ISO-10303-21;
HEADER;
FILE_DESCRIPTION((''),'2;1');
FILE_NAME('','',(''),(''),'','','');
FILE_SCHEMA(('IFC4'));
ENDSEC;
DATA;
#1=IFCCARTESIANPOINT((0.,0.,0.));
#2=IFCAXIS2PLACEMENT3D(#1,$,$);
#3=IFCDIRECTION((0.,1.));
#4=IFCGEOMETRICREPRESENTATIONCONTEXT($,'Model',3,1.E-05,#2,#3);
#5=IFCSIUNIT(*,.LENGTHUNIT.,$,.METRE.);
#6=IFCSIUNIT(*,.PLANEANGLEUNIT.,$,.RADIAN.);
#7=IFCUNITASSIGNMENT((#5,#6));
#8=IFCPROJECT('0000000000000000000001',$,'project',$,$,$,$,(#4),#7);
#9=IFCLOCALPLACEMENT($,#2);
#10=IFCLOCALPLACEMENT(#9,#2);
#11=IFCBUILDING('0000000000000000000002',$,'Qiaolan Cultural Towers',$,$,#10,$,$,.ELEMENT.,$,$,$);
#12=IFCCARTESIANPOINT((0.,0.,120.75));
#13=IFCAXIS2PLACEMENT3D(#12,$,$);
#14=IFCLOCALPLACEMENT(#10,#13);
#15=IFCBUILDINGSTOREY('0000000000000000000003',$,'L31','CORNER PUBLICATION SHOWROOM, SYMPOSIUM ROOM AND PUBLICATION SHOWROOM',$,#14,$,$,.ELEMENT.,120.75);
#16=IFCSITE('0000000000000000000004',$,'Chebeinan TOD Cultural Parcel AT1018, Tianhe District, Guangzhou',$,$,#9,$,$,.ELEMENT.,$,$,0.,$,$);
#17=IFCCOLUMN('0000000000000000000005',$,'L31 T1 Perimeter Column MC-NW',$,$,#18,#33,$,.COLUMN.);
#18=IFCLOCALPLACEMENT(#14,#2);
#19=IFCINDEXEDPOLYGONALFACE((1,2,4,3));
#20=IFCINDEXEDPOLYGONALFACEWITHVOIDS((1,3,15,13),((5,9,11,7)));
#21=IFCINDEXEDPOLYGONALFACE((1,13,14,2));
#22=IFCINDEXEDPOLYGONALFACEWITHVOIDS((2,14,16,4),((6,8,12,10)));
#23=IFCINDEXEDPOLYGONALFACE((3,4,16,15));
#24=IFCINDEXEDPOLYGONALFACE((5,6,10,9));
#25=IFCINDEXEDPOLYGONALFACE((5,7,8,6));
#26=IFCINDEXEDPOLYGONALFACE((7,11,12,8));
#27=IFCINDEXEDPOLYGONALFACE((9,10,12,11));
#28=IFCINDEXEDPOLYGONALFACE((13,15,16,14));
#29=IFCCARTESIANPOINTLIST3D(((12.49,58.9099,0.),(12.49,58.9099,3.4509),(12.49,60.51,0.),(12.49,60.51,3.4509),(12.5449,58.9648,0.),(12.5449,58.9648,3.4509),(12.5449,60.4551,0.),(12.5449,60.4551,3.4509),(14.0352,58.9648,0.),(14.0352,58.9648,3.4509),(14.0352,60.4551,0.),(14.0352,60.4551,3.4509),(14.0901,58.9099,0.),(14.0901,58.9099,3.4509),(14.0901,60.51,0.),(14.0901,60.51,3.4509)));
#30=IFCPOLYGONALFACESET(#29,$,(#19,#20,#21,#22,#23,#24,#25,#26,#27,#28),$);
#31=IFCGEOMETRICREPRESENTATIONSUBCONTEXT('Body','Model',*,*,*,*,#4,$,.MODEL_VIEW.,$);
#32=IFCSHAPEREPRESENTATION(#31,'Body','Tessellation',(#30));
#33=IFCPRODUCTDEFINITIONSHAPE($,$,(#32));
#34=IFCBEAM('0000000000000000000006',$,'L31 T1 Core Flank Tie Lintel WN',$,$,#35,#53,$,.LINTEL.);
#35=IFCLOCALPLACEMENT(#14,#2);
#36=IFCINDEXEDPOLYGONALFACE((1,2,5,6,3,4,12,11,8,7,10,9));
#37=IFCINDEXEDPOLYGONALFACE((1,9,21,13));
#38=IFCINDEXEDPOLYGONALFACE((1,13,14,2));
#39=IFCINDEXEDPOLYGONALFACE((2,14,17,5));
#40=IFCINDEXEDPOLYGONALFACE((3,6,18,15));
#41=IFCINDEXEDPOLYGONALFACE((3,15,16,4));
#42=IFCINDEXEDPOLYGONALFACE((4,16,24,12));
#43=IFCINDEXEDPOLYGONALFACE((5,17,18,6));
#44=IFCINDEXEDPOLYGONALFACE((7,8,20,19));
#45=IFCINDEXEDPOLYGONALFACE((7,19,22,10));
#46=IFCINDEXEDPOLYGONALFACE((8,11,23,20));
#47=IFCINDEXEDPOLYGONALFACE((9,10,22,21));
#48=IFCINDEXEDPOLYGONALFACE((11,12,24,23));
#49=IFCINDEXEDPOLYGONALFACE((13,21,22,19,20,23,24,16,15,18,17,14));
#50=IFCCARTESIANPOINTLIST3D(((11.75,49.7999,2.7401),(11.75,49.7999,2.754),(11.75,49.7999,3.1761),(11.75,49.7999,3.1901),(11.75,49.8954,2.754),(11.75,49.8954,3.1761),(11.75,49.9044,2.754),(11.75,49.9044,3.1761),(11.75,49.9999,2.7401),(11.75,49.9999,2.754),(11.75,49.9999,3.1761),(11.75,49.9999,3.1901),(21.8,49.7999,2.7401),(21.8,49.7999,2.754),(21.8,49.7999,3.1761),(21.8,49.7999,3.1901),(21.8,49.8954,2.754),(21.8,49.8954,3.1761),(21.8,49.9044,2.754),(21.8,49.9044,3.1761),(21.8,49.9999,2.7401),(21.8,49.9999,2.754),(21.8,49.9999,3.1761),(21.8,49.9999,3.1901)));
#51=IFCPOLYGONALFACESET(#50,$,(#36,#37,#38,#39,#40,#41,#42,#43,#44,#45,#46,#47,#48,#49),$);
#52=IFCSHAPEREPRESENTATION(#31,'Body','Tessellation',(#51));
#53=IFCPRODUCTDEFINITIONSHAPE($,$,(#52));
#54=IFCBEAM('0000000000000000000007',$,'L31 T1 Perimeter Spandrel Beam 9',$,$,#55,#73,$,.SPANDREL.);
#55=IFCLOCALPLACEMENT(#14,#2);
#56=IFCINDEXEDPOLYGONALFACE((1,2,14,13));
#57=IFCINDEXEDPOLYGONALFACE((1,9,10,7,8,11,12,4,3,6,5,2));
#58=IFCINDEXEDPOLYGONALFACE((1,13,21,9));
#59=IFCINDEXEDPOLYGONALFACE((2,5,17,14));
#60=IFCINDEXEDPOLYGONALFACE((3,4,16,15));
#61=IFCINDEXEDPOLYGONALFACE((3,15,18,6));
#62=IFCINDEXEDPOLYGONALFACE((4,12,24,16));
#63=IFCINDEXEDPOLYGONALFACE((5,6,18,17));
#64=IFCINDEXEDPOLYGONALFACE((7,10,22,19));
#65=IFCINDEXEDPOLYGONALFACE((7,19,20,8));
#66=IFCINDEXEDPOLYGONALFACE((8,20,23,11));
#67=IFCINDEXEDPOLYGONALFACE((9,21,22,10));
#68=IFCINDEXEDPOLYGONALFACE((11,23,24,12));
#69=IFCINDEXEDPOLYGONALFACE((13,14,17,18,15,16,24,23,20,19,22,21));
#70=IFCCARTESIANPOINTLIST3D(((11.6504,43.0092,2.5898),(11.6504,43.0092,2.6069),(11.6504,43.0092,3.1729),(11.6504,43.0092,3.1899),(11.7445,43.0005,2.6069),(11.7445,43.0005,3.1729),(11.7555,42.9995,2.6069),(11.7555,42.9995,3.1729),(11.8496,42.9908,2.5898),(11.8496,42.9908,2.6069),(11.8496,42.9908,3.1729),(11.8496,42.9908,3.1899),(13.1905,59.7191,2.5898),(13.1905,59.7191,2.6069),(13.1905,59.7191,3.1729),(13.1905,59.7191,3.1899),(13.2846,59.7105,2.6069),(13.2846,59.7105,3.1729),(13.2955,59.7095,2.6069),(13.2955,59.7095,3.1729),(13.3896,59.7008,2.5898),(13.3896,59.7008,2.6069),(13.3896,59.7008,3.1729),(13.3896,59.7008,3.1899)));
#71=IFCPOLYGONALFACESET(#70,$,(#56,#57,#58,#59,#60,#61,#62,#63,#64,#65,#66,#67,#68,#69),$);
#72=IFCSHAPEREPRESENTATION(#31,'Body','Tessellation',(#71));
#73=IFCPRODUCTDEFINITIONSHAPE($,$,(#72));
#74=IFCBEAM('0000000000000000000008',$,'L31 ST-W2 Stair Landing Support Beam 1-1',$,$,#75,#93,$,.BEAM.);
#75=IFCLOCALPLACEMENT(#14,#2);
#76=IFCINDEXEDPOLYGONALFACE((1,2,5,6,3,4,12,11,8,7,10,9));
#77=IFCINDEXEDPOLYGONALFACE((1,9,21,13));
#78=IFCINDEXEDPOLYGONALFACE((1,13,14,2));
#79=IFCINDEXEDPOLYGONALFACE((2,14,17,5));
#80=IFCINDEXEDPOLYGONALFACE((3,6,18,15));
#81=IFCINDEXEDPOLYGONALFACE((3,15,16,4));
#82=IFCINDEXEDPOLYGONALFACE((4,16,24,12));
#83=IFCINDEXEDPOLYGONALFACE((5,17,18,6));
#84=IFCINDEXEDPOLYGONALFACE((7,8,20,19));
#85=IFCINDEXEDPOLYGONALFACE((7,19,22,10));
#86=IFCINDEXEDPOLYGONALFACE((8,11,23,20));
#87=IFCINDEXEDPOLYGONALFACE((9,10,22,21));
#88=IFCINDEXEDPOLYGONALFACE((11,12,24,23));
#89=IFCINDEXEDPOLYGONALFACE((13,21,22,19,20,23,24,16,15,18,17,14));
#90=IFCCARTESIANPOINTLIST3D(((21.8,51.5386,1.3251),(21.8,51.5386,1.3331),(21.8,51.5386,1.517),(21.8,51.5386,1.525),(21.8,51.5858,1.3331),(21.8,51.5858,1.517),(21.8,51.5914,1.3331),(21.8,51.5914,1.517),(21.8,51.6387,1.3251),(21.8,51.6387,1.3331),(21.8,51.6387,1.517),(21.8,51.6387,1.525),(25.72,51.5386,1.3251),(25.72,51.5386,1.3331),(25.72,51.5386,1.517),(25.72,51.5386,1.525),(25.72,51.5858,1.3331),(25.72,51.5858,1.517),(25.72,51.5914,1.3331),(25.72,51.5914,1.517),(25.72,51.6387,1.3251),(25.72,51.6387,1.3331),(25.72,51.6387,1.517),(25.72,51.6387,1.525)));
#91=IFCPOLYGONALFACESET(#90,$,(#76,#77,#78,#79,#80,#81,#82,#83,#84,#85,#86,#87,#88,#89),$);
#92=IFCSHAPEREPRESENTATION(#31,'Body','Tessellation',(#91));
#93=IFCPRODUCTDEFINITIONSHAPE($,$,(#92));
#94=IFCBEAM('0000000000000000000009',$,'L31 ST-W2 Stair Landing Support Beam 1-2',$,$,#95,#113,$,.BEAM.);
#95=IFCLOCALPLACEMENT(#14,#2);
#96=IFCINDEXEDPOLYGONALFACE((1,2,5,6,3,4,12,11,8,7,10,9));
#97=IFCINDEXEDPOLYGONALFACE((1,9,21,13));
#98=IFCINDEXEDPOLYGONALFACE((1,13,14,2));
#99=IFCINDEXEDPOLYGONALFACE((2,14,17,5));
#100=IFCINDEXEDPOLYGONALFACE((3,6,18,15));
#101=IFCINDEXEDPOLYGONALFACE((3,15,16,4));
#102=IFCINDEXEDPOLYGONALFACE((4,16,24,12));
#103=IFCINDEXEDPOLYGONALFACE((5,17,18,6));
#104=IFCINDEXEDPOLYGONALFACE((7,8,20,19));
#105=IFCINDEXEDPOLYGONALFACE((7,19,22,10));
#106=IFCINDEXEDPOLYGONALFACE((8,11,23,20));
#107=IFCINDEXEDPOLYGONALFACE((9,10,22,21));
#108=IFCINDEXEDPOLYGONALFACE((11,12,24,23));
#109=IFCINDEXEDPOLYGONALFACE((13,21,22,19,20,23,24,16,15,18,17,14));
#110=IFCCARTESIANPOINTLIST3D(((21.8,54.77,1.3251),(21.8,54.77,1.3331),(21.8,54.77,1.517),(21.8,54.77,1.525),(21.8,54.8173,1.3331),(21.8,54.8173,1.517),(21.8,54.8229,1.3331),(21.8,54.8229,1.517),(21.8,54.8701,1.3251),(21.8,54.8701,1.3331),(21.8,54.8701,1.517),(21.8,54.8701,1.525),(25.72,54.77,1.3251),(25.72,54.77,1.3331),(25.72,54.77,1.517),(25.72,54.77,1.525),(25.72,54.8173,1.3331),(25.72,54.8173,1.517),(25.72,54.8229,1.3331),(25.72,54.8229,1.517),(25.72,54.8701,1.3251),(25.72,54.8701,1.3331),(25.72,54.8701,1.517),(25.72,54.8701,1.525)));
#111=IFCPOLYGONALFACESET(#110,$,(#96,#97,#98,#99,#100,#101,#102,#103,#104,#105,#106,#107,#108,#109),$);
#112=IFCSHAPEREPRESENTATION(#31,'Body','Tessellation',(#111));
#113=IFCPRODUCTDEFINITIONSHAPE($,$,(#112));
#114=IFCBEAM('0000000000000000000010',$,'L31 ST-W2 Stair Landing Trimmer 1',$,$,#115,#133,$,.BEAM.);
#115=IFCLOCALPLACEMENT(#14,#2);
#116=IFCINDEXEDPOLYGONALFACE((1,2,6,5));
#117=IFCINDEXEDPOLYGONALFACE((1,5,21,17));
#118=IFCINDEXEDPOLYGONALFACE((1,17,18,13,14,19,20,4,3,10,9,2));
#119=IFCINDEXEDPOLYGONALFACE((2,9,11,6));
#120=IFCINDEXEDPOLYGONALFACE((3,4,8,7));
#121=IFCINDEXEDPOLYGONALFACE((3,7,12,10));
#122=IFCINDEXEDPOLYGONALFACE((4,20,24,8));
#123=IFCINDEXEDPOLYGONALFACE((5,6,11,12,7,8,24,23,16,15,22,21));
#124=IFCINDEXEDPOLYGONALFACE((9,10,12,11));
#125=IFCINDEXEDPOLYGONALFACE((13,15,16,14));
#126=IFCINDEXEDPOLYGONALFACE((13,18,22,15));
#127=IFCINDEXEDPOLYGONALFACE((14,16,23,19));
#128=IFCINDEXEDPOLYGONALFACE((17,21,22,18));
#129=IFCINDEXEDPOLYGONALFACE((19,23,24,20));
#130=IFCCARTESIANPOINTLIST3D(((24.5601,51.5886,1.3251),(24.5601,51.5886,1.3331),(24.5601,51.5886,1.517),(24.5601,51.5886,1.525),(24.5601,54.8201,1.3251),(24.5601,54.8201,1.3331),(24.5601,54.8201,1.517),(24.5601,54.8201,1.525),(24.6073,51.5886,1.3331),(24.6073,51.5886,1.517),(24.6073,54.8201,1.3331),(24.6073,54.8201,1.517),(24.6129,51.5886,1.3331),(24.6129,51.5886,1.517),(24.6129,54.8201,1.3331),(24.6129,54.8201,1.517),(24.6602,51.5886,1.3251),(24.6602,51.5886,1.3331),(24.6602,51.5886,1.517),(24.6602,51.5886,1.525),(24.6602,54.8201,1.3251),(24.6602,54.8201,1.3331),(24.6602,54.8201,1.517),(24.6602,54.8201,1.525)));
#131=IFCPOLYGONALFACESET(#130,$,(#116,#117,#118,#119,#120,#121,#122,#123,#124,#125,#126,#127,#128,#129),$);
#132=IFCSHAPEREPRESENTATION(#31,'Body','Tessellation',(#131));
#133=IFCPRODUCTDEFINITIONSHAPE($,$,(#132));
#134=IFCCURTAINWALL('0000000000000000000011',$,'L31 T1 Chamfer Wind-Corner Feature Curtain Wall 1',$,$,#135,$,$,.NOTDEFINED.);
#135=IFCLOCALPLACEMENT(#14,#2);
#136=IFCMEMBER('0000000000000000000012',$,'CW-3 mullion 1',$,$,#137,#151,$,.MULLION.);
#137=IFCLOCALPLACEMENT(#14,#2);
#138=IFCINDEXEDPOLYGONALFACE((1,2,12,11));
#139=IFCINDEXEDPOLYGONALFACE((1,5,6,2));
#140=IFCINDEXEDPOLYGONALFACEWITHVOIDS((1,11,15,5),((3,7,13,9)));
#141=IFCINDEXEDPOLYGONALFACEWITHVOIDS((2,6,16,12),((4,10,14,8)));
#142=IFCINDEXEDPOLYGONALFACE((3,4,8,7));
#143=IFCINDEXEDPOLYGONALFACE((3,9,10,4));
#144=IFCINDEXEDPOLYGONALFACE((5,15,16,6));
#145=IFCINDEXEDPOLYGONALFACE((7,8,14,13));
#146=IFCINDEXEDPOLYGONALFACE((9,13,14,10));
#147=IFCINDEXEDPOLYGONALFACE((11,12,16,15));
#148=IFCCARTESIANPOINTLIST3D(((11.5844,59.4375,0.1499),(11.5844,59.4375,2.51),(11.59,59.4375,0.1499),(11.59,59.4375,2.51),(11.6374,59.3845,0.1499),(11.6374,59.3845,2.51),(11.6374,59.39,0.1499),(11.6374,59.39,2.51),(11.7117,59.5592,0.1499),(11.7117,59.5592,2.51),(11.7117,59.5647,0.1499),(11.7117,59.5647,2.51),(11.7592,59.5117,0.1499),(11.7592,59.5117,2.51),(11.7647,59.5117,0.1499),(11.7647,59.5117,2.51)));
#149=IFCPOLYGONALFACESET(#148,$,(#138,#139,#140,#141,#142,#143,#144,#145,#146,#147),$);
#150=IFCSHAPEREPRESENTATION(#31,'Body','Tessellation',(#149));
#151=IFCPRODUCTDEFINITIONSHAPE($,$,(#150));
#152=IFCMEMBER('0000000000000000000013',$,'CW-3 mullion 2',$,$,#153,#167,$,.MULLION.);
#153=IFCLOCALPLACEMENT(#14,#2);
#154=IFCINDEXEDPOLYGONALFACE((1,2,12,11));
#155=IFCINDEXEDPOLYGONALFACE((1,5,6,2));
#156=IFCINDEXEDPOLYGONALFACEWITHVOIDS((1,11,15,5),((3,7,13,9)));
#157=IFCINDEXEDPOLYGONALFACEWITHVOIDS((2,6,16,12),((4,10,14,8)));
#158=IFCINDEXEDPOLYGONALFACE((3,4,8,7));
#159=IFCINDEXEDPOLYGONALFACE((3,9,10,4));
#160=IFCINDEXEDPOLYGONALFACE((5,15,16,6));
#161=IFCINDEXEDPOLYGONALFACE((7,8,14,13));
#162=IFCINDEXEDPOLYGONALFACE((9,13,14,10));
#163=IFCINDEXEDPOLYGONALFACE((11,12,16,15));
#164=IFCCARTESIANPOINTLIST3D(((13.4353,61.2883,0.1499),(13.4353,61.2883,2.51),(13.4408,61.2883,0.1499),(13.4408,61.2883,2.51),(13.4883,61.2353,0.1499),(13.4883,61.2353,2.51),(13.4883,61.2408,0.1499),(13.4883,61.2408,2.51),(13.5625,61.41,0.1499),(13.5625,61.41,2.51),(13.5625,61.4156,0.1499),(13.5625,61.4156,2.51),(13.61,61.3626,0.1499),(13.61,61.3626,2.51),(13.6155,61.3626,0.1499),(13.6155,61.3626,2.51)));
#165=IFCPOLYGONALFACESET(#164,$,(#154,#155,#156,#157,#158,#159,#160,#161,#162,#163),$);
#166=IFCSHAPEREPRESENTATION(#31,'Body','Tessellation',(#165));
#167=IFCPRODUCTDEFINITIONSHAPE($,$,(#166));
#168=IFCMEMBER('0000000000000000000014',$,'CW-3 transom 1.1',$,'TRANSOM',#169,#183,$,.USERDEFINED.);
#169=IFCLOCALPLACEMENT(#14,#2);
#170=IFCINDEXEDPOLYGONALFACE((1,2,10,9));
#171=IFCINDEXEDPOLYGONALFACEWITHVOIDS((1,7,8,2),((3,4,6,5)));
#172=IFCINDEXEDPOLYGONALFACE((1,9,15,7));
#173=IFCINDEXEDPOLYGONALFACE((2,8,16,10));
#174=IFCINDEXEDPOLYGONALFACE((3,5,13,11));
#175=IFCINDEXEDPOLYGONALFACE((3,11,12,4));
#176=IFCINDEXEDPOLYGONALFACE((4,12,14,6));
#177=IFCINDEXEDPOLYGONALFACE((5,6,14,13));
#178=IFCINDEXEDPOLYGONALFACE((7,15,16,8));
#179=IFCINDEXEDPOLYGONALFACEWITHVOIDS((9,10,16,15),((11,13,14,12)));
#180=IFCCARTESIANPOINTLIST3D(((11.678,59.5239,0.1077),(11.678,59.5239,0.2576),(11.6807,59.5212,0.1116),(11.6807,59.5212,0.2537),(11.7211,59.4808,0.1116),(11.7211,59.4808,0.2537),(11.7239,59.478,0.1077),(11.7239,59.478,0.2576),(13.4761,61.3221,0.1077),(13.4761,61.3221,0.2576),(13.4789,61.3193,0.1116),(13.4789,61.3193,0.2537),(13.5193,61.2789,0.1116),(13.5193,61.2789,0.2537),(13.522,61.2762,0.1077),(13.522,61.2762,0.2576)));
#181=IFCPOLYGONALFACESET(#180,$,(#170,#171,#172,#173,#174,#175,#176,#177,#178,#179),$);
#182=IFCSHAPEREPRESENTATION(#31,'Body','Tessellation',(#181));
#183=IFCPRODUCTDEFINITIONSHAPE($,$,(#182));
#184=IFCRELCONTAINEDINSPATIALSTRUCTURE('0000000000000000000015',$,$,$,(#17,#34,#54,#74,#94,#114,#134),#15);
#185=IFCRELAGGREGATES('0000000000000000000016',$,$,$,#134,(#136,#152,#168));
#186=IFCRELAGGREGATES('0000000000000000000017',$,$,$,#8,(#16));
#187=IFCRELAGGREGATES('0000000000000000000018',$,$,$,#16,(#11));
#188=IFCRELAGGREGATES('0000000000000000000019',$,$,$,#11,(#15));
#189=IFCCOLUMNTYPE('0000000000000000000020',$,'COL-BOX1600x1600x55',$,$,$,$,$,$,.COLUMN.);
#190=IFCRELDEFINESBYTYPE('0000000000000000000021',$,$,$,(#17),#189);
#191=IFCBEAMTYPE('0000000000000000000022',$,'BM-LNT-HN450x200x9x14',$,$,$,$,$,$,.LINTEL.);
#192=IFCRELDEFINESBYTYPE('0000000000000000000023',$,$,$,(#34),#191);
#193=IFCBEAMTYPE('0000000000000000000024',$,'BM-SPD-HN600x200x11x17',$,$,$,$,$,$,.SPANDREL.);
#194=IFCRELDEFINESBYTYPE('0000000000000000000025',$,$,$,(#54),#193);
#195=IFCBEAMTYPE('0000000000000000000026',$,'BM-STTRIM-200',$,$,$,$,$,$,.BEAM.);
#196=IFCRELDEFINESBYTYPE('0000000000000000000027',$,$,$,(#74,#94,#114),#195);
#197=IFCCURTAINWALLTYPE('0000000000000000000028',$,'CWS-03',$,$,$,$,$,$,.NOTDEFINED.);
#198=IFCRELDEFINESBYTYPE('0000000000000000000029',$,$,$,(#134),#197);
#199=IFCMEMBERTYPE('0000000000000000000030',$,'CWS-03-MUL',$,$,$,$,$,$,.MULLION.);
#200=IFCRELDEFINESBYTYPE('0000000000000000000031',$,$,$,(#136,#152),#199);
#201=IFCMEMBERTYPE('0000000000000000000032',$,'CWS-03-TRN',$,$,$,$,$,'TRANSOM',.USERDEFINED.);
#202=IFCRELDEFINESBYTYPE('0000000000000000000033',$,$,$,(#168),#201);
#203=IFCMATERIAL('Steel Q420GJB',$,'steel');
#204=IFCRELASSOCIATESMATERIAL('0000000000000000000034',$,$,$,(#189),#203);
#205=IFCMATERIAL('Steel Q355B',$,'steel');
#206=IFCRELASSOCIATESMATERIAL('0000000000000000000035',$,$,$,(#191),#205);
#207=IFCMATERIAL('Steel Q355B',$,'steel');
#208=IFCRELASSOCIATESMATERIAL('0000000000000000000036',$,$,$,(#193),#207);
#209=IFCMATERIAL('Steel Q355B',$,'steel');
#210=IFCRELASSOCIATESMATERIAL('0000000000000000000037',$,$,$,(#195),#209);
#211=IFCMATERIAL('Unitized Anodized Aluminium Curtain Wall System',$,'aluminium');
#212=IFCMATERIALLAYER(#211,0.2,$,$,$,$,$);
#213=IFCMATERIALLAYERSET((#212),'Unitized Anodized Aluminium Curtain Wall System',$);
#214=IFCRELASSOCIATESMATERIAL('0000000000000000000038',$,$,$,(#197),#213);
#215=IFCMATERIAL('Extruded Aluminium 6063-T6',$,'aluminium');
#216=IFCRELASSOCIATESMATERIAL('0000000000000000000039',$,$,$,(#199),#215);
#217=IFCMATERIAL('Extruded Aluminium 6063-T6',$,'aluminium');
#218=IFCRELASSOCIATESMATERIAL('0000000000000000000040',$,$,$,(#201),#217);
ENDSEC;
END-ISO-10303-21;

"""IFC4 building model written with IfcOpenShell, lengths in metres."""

from ifc_helpers import new_model, si_unit, direction, frame, origin, origin_2d, place, context, subcontext, project, spatial, hollow_rectangle, i_section, extrude, material, layer, layer_set, material_profile, profile_set, type_object, element, aggregate, save


model = new_model("IFC4")

# Units and contexts
model_context = context("Model", 3, precision=1e-05, world=origin(), true_north=direction((0.0, 1.0)))
body_context = subcontext(model_context, "Body", "Model", "MODEL_VIEW")
ifc_project = project(units=[si_unit("LENGTHUNIT", "METRE"), si_unit("PLANEANGLEUNIT", "RADIAN")], contexts=[model_context])

# Site, building, storey
site_placement = place(None, origin())
site = spatial("IfcSite", under=ifc_project, at=site_placement, Name="Chebeinan TOD Cultural Parcel AT1018, Tianhe District, Guangzhou", CompositionType="ELEMENT", RefElevation=0.0)
building_placement = place(site_placement, origin())
building = spatial("IfcBuilding", under=site, at=building_placement, Name="Qiaolan Cultural Towers", CompositionType="ELEMENT")
storey_placement = place(building_placement, frame((0.0, 0.0, 120.75)))
storey = spatial("IfcBuildingStorey", under=building, at=storey_placement, Name="L31", Description="CORNER PUBLICATION SHOWROOM, SYMPOSIUM ROOM AND PUBLICATION SHOWROOM", CompositionType="ELEMENT", Elevation=120.75)

# Column
ifc_material_1 = material(Name="Steel Q420GJB", Category="steel")
ifc_material_profile_1 = material_profile(ifc_material_1, hollow_rectangle(XDim=1.6001, YDim=1.6001, WallThickness=0.0549, at=origin_2d()), Name="BOX1600x1600x55")
ifc_profile_set_1 = profile_set([ifc_material_profile_1], Name="Steel Q420GJB")
column_type = type_object("IfcColumnType", Name="COL-BOX1600x1600x55", PredefinedType="COLUMN", material=ifc_profile_set_1)
column_placement = place(storey_placement, frame((13.29, 59.71, 0.0), z_axis=(0.0, 0.0, 1.0), x_axis=(1.0, 0.0, 0.0)))
element("IfcColumn", 1, at=column_placement, inside=storey, type_object=column_type, Name="L31 T1 Perimeter Column MC-NW", PredefinedType="COLUMN", context=body_context, shape_type="SweptSolid", body=[
    extrude(hollow_rectangle(XDim=1.6001, YDim=1.6001, WallThickness=0.0549, at=origin_2d()), origin(), (0.0, 0.0, 1.0), 3.4509),
])

# Beams
ifc_material_2 = material(Name="Steel Q355B", Category="steel")
ifc_material_profile_2 = material_profile(ifc_material_2, i_section(OverallWidth=0.2, OverallDepth=0.45, WebThickness=0.009, FlangeThickness=0.0139, at=origin_2d()), Name="HN450x200x9x14")
ifc_profile_set_2 = profile_set([ifc_material_profile_2], Name="Steel Q355B")
beam_type_1 = type_object("IfcBeamType", Name="BM-LNT-HN450x200x9x14", PredefinedType="LINTEL", material=ifc_profile_set_2)
beam_1_placement = place(storey_placement, frame((21.8, 49.8999, 2.9651), z_axis=(-1.0, 0.0, 0.0), x_axis=(0.0, -1.0, 0.0)))
element("IfcBeam", 2, at=beam_1_placement, inside=storey, type_object=beam_type_1, Name="L31 T1 Core Flank Tie Lintel WN", PredefinedType="LINTEL", context=body_context, shape_type="SweptSolid", body=[
    extrude(i_section(OverallWidth=0.2, OverallDepth=0.45, WebThickness=0.009, FlangeThickness=0.0139, at=origin_2d()), origin(), (0.0, 0.0, 1.0), 10.05),
])
ifc_material_3 = material(Name="Steel Q355B", Category="steel")
ifc_material_profile_3 = material_profile(ifc_material_3, i_section(OverallWidth=0.2, OverallDepth=0.6001, WebThickness=0.011, FlangeThickness=0.0171, at=origin_2d()), Name="HN600x200x11x17")
ifc_profile_set_3 = profile_set([ifc_material_profile_3], Name="Steel Q355B")
beam_type_2 = type_object("IfcBeamType", Name="BM-SPD-HN600x200x11x17", PredefinedType="SPANDREL", material=ifc_profile_set_3)
beam_2_placement = place(storey_placement, frame((13.29, 59.71, 2.8899), z_axis=(-0.091774, -0.99578, 0.0), x_axis=(0.99578, -0.091774, 0.0)))
element("IfcBeam", 3, at=beam_2_placement, inside=storey, type_object=beam_type_2, Name="L31 T1 Perimeter Spandrel Beam 9", PredefinedType="SPANDREL", context=body_context, shape_type="SweptSolid", body=[
    extrude(i_section(OverallWidth=0.2, OverallDepth=0.6001, WebThickness=0.011, FlangeThickness=0.0171, at=origin_2d()), origin(), (0.0, 0.0, 1.0), 16.7808),
])
ifc_material_4 = material(Name="Steel Q355B", Category="steel")
ifc_material_profile_4 = material_profile(ifc_material_4, i_section(OverallWidth=0.1001, OverallDepth=0.2, WebThickness=0.0056, FlangeThickness=0.0081, at=origin_2d()), Name="HN200x100x5.5x8")
ifc_profile_set_4 = profile_set([ifc_material_profile_4], Name="Steel Q355B")
beam_type_3 = type_object("IfcBeamType", Name="BM-STTRIM-200", PredefinedType="BEAM", material=ifc_profile_set_4)
for number, where, z_axis, x_axis, name in (
    (4, (21.8, 51.5886, 1.425), (1.0, 0.0, 0.0), (0.0, 1.0, 0.0), "L31 ST-W2 Stair Landing Support Beam 1-1"),
    (5, (21.8, 54.8201, 1.425), (1.0, 0.0, 0.0), (0.0, 1.0, 0.0), "L31 ST-W2 Stair Landing Support Beam 1-2"),
):
    element("IfcBeam", number, at=place(storey_placement, frame(where, z_axis=z_axis, x_axis=x_axis)), inside=storey, type_object=beam_type_3, Name=name, PredefinedType="BEAM", context=body_context, shape_type="SweptSolid", body=[
        extrude(i_section(OverallWidth=0.1001, OverallDepth=0.2, WebThickness=0.0056, FlangeThickness=0.0081, at=origin_2d()), origin(), (0.0, 0.0, 1.0), 3.9199),
    ])
beam_3_placement = place(storey_placement, frame((24.6101, 51.5886, 1.425), z_axis=(0.0, 1.0, 0.0), x_axis=(-1.0, 0.0, 0.0)))
element("IfcBeam", 6, at=beam_3_placement, inside=storey, type_object=beam_type_3, Name="L31 ST-W2 Stair Landing Trimmer 1", PredefinedType="BEAM", context=body_context, shape_type="SweptSolid", body=[
    extrude(i_section(OverallWidth=0.1001, OverallDepth=0.2, WebThickness=0.0056, FlangeThickness=0.0081, at=origin_2d()), origin(), (0.0, 0.0, 1.0), 3.2314),
])

# Curtain wall, members
ifc_material_5 = material(Name="Unitized Anodized Aluminium Curtain Wall System", Category="aluminium")
ifc_layer_1 = layer(ifc_material_5, 0.2)
ifc_layer_set_1 = layer_set([ifc_layer_1], Name="Unitized Anodized Aluminium Curtain Wall System")
curtain_wall_type = type_object("IfcCurtainWallType", Name="CWS-03", PredefinedType="NOTDEFINED", material=ifc_layer_set_1)
curtain_wall_placement = place(storey_placement, origin())
curtain_wall = element("IfcCurtainWall", 7, at=curtain_wall_placement, inside=storey, type_object=curtain_wall_type, Name="L31 T1 Chamfer Wind-Corner Feature Curtain Wall 1", PredefinedType="NOTDEFINED")
ifc_material_6 = material(Name="Extruded Aluminium 6063-T6", Category="aluminium")
ifc_material_profile_5 = material_profile(ifc_material_6, hollow_rectangle(XDim=0.075, YDim=0.1799, WallThickness=0.0039, at=origin_2d()), Name="CWM-180x75x4")
ifc_profile_set_5 = profile_set([ifc_material_profile_5], Name="Extruded Aluminium 6063-T6")
member_type_1 = type_object("IfcMemberType", Name="CWS-03-MUL", PredefinedType="MULLION", material=ifc_profile_set_5)
member_1_placement = place(storey_placement, frame((11.6746, 59.4746, 0.1499), z_axis=(0.0, 0.0, 1.0), x_axis=(-0.707107, 0.707107, 0.0)))
member_1 = element("IfcMember", 8, at=member_1_placement, type_object=member_type_1, Name="CW-3 mullion 1", PredefinedType="MULLION", context=body_context, shape_type="SweptSolid", body=[
    extrude(hollow_rectangle(XDim=0.075, YDim=0.1799, WallThickness=0.0039, at=origin_2d()), origin(), (0.0, 0.0, 1.0), 2.3601),
])
member_2_placement = place(storey_placement, frame((13.5254, 61.3254, 0.1499), z_axis=(0.0, 0.0, 1.0), x_axis=(-0.707107, 0.707107, 0.0)))
member_2 = element("IfcMember", 9, at=member_2_placement, type_object=member_type_1, Name="CW-3 mullion 2", PredefinedType="MULLION", context=body_context, shape_type="SweptSolid", body=[
    extrude(hollow_rectangle(XDim=0.075, YDim=0.1799, WallThickness=0.0039, at=origin_2d()), origin(), (0.0, 0.0, 1.0), 2.3601),
])
ifc_material_7 = material(Name="Extruded Aluminium 6063-T6", Category="aluminium")
ifc_material_profile_6 = material_profile(ifc_material_7, hollow_rectangle(XDim=0.0649, YDim=0.1499, WallThickness=0.0039, at=origin_2d()), Name="CWT-150x65x4")
ifc_profile_set_6 = profile_set([ifc_material_profile_6], Name="Extruded Aluminium 6063-T6")
member_type_2 = type_object("IfcMemberType", Name="CWS-03-TRN", ElementType="TRANSOM", PredefinedType="USERDEFINED", material=ifc_profile_set_6)
member_3_placement = place(storey_placement, frame((11.7009, 59.501, 0.1826), z_axis=(0.707107, 0.707107, 0.0), x_axis=(-0.707107, 0.707107, 0.0)))
member_3 = element("IfcMember", 10, at=member_3_placement, type_object=member_type_2, Name="CW-3 transom 1.1", ObjectType="TRANSOM", PredefinedType="USERDEFINED", context=body_context, shape_type="SweptSolid", body=[
    extrude(hollow_rectangle(XDim=0.0649, YDim=0.1499, WallThickness=0.0039, at=origin_2d()), origin(), (0.0, 0.0, 1.0), 2.543),
])

aggregate(curtain_wall, [member_1, member_2, member_3])

save(model, "model.ifc")
